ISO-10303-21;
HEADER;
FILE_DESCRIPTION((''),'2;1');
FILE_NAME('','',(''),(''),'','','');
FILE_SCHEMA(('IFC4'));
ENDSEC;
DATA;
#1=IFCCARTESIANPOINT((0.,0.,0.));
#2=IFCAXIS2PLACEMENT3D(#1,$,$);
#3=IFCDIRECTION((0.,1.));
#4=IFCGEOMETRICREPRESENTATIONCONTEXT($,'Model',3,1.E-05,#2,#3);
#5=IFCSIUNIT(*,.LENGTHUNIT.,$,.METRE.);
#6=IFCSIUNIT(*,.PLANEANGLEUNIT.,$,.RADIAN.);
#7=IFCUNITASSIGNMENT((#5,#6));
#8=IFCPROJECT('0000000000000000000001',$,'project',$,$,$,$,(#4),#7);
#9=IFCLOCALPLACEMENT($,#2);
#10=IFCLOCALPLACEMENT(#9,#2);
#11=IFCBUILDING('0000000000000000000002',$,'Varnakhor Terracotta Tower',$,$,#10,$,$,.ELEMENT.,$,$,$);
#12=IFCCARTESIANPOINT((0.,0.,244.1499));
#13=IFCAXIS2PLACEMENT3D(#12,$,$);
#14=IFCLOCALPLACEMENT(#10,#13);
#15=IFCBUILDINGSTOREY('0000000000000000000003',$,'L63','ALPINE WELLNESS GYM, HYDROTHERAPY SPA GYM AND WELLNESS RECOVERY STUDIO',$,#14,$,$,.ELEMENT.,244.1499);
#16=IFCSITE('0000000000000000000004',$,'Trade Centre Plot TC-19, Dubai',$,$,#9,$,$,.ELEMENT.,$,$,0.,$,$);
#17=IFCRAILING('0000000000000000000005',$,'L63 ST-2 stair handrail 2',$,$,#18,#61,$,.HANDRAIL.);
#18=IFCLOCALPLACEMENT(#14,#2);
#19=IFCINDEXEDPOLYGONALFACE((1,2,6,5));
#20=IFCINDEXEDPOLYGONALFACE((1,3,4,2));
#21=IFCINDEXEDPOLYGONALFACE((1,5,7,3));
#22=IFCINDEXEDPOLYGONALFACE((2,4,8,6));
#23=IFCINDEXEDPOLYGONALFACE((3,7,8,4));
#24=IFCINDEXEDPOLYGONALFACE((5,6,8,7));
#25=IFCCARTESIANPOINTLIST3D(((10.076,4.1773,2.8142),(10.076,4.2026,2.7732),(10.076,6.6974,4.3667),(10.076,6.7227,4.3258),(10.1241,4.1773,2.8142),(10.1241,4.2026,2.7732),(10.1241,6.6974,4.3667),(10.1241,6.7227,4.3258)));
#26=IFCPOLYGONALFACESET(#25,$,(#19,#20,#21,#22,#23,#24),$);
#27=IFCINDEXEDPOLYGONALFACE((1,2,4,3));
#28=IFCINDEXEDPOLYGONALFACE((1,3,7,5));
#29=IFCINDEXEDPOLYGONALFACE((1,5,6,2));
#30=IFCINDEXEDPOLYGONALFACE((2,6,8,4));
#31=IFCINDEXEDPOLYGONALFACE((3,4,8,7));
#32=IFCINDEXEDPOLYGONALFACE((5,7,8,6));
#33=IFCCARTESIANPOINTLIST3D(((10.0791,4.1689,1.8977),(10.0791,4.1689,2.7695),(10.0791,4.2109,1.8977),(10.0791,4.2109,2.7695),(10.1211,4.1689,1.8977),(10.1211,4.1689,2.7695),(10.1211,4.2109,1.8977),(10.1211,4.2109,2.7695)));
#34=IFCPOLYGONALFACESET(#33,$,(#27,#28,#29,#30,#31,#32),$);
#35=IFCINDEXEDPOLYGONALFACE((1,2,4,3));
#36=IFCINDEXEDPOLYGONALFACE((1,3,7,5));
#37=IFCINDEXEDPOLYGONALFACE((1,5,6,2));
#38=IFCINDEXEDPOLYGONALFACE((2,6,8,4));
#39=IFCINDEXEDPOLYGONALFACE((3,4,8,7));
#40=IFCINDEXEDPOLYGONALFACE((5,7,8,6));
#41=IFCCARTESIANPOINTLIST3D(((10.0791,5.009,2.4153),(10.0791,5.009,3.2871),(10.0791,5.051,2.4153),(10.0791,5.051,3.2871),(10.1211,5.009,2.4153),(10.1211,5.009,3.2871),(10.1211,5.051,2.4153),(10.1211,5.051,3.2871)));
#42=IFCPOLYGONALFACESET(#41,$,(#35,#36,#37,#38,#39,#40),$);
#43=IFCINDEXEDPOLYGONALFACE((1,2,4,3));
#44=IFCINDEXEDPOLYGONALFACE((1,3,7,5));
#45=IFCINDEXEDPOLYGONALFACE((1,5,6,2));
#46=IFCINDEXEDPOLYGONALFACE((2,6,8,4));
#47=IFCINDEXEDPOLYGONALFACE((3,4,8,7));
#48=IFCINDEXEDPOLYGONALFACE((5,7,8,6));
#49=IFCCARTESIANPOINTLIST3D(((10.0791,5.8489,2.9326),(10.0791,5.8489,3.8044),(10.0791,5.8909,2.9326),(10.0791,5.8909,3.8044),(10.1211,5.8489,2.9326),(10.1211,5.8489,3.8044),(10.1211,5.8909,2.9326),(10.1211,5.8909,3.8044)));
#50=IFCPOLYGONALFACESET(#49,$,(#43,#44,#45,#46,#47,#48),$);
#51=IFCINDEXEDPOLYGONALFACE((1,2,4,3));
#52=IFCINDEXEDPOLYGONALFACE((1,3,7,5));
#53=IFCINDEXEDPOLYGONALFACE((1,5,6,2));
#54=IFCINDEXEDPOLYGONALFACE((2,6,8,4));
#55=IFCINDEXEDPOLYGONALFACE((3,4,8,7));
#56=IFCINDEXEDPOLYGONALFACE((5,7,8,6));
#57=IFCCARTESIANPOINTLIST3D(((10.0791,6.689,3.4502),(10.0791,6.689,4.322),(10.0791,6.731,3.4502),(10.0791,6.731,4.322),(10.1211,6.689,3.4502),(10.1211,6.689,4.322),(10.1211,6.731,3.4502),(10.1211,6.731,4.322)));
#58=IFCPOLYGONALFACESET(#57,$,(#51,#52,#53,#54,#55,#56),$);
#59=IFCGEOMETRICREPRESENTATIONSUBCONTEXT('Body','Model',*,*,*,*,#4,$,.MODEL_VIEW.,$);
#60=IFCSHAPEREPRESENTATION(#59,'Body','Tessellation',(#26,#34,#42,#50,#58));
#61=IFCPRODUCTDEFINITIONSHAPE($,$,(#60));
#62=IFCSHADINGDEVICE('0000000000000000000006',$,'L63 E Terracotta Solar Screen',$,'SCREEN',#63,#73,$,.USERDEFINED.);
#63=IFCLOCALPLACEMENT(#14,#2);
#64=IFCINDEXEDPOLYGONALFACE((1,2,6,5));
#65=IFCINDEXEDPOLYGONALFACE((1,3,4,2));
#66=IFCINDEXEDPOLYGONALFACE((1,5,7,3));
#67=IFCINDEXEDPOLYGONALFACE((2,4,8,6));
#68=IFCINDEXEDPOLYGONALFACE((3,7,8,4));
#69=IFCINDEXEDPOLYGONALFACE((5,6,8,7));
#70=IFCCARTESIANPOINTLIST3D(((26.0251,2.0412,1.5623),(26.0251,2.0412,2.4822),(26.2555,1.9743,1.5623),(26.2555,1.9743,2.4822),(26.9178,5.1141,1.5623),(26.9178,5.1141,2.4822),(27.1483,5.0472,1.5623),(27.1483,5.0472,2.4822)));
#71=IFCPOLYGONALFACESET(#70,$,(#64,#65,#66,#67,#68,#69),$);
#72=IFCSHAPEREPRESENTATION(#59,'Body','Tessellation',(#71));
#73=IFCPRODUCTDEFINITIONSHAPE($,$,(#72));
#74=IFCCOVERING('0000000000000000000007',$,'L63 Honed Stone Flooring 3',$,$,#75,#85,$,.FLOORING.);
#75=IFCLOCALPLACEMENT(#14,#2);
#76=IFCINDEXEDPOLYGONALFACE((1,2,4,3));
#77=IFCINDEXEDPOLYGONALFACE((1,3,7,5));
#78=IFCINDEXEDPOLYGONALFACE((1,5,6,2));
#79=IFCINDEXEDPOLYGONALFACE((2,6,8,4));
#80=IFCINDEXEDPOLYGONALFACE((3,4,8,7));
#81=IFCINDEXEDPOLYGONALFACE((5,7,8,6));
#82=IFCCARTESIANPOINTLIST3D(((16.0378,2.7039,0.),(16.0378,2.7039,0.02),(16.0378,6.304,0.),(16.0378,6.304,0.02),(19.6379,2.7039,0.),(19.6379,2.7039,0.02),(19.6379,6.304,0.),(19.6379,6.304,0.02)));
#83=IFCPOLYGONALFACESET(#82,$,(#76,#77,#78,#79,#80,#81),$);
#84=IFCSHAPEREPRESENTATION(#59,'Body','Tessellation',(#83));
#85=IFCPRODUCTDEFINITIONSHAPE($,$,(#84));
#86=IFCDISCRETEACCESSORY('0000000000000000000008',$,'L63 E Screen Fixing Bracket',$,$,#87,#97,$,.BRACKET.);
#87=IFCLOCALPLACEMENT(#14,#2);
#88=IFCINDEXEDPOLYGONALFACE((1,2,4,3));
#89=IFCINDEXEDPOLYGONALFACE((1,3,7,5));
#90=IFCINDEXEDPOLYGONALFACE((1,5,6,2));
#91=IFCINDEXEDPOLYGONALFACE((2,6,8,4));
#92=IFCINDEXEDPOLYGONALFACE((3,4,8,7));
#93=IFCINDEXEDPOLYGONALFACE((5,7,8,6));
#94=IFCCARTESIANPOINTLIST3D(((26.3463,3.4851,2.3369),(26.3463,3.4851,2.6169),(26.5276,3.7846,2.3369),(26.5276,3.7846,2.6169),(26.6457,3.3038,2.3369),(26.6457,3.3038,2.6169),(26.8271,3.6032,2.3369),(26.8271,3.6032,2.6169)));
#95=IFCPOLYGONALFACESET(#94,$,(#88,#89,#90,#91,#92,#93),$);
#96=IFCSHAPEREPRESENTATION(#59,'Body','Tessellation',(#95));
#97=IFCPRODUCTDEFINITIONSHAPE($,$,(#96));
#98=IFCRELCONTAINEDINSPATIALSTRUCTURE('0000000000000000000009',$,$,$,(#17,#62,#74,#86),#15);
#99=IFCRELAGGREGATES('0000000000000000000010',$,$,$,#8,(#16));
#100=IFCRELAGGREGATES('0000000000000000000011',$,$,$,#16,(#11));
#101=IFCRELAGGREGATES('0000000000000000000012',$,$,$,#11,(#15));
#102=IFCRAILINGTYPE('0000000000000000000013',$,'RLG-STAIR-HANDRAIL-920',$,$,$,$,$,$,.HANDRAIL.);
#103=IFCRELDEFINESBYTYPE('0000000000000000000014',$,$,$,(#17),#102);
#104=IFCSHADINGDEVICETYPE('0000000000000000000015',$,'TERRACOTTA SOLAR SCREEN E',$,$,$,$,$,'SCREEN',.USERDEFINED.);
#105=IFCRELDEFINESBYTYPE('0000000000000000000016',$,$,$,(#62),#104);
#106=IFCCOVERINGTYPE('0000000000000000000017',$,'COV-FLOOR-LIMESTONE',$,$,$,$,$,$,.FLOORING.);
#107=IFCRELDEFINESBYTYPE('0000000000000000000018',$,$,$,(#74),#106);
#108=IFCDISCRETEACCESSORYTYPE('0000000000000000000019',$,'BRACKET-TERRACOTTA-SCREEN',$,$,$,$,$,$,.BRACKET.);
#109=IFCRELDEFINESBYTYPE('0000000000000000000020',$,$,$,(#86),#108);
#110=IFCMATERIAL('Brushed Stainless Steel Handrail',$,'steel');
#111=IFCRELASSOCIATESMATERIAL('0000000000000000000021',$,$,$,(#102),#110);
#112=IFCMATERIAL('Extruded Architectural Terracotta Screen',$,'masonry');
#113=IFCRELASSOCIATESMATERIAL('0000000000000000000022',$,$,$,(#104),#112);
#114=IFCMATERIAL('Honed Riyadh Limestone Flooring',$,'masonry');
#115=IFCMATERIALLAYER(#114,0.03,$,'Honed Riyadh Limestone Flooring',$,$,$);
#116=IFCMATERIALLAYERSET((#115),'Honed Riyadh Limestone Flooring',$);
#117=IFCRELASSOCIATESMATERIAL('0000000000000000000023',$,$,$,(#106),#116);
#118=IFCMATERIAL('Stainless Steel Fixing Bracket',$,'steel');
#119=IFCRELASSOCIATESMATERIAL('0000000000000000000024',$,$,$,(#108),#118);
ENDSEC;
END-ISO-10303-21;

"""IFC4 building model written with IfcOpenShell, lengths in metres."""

from ifc_helpers import new_model, si_unit, direction, frame, origin, origin_2d, place, context, subcontext, project, spatial, rectangle, extrude, source, transform, mapped, material, layer, layer_set, type_object, type_shapes, element, save


model = new_model("IFC4")

# Units and contexts
model_context = context("Model", 3, precision=1e-05, world=origin(), true_north=direction((0.0, 1.0)))
body_context = subcontext(model_context, "Body", "Model", "MODEL_VIEW")
ifc_project = project(units=[si_unit("LENGTHUNIT", "METRE"), si_unit("PLANEANGLEUNIT", "RADIAN")], contexts=[model_context])

# Site, building, storey
site_placement = place(None, origin())
site = spatial("IfcSite", under=ifc_project, at=site_placement, Name="Trade Centre Plot TC-19, Dubai", CompositionType="ELEMENT", RefElevation=0.0)
building_placement = place(site_placement, origin())
building = spatial("IfcBuilding", under=site, at=building_placement, Name="Varnakhor Terracotta Tower", CompositionType="ELEMENT")
storey_placement = place(building_placement, frame((0.0, 0.0, 244.1499)))
storey = spatial("IfcBuildingStorey", under=building, at=storey_placement, Name="L63", Description="ALPINE WELLNESS GYM, HYDROTHERAPY SPA GYM AND WELLNESS RECOVERY STUDIO", CompositionType="ELEMENT", Elevation=244.1499)

# Railing
ifc_material_1 = material(Name="Brushed Stainless Steel Handrail", Category="steel")
railing_type = type_object("IfcRailingType", Name="RLG-STAIR-HANDRAIL-920", PredefinedType="HANDRAIL", material=ifc_material_1)
railing_placement = place(storey_placement, frame((10.1001, 4.1899, 1.8977)))
element("IfcRailing", 1, at=railing_placement, inside=storey, type_object=railing_type, Name="L63 ST-2 stair handrail 2", PredefinedType="HANDRAIL", context=body_context, shape_type="SweptSolid", body=[
    extrude(rectangle(XDim=0.0481, YDim=0.0481, at=origin_2d()), frame((0.0, 0.0, 0.896), z_axis=(0.0, 0.8514, 0.524516), x_axis=(-1.0, 0.0, 0.0)), (0.0, 0.0, 1.0), 2.96),
    extrude(rectangle(XDim=0.042, YDim=0.042, at=origin_2d()), origin(), (0.0, 0.0, 1.0), 0.8718),
    extrude(rectangle(XDim=0.042, YDim=0.042, at=origin_2d()), frame((0.0, 0.8401, 0.5176)), (0.0, 0.0, 1.0), 0.8718),
    extrude(rectangle(XDim=0.042, YDim=0.042, at=origin_2d()), frame((0.0, 1.6799, 1.0349)), (0.0, 0.0, 1.0), 0.8718),
    extrude(rectangle(XDim=0.042, YDim=0.042, at=origin_2d()), frame((0.0, 2.52, 1.5525)), (0.0, 0.0, 1.0), 0.8718),
])

# Shading device
ifc_material_2 = material(Name="Extruded Architectural Terracotta Screen", Category="masonry")
shading_device_type = type_object("IfcShadingDeviceType", Name="TERRACOTTA SOLAR SCREEN E", ElementType="SCREEN", PredefinedType="USERDEFINED", material=ifc_material_2)
shared_shape_1 = source(origin(), body_context, "Body", "SweptSolid", [
    extrude(rectangle(XDim=3.2, YDim=0.24, at=origin_2d()), origin(), (0.0, 0.0, 1.0), 0.9199),
])
type_shapes(shading_device_type, [shared_shape_1])
shading_device_placement = place(storey_placement, frame((26.5867, 3.5442, 1.5623), z_axis=(0.0, 0.0, 1.0), x_axis=(0.278991, 0.960294, 0.0)))
element("IfcShadingDevice", 2, at=shading_device_placement, inside=storey, type_object=shading_device_type, Name="L63 E Terracotta Solar Screen", ObjectType="SCREEN", PredefinedType="USERDEFINED", context=body_context, shape_type="MappedRepresentation", body=[
    mapped(shared_shape_1, transform((0.0, 0.0, 0.0), scale=1.0)),
])

# Covering
ifc_material_3 = material(Name="Honed Riyadh Limestone Flooring", Category="masonry")
ifc_layer_1 = layer(ifc_material_3, 0.03, Name="Honed Riyadh Limestone Flooring")
ifc_layer_set_1 = layer_set([ifc_layer_1], Name="Honed Riyadh Limestone Flooring")
covering_type = type_object("IfcCoveringType", Name="COV-FLOOR-LIMESTONE", PredefinedType="FLOORING", material=ifc_layer_set_1)
shared_shape_2 = source(origin(), body_context, "Body", "SweptSolid", [
    extrude(rectangle(XDim=3.6001, YDim=3.6001, at=origin_2d()), origin(), (0.0, 0.0, 1.0), 0.02),
])
covering_placement = place(storey_placement, frame((17.8379, 4.5039, 0.0), z_axis=(0.0, 0.0, 1.0), x_axis=(1.0, 0.0, 0.0)))
element("IfcCovering", 3, at=covering_placement, inside=storey, type_object=covering_type, Name="L63 Honed Stone Flooring 3", PredefinedType="FLOORING", context=body_context, shape_type="MappedRepresentation", body=[
    mapped(shared_shape_2, transform((0.0, 0.0, 0.0), scale=1.0)),
])

# Discrete accessory
ifc_material_4 = material(Name="Stainless Steel Fixing Bracket", Category="steel")
discrete_accessory_type = type_object("IfcDiscreteAccessoryType", Name="BRACKET-TERRACOTTA-SCREEN", PredefinedType="BRACKET", material=ifc_material_4)
shared_shape_3 = source(origin(), body_context, "Body", "SweptSolid", [
    extrude(rectangle(XDim=0.3501, YDim=0.3501, at=origin_2d()), origin(), (0.0, 0.0, 1.0), 0.28),
])
type_shapes(discrete_accessory_type, [shared_shape_3])
discrete_accessory_placement = place(storey_placement, frame((26.5867, 3.5442, 2.3369), z_axis=(0.0, 0.0, 1.0), x_axis=(0.518027, 0.855364, 0.0)))
element("IfcDiscreteAccessory", 4, at=discrete_accessory_placement, inside=storey, type_object=discrete_accessory_type, Name="L63 E Screen Fixing Bracket", PredefinedType="BRACKET", context=body_context, shape_type="MappedRepresentation", body=[
    mapped(shared_shape_3, transform((0.0, 0.0, 0.0), scale=1.0)),
])

save(model, "model.ifc")
